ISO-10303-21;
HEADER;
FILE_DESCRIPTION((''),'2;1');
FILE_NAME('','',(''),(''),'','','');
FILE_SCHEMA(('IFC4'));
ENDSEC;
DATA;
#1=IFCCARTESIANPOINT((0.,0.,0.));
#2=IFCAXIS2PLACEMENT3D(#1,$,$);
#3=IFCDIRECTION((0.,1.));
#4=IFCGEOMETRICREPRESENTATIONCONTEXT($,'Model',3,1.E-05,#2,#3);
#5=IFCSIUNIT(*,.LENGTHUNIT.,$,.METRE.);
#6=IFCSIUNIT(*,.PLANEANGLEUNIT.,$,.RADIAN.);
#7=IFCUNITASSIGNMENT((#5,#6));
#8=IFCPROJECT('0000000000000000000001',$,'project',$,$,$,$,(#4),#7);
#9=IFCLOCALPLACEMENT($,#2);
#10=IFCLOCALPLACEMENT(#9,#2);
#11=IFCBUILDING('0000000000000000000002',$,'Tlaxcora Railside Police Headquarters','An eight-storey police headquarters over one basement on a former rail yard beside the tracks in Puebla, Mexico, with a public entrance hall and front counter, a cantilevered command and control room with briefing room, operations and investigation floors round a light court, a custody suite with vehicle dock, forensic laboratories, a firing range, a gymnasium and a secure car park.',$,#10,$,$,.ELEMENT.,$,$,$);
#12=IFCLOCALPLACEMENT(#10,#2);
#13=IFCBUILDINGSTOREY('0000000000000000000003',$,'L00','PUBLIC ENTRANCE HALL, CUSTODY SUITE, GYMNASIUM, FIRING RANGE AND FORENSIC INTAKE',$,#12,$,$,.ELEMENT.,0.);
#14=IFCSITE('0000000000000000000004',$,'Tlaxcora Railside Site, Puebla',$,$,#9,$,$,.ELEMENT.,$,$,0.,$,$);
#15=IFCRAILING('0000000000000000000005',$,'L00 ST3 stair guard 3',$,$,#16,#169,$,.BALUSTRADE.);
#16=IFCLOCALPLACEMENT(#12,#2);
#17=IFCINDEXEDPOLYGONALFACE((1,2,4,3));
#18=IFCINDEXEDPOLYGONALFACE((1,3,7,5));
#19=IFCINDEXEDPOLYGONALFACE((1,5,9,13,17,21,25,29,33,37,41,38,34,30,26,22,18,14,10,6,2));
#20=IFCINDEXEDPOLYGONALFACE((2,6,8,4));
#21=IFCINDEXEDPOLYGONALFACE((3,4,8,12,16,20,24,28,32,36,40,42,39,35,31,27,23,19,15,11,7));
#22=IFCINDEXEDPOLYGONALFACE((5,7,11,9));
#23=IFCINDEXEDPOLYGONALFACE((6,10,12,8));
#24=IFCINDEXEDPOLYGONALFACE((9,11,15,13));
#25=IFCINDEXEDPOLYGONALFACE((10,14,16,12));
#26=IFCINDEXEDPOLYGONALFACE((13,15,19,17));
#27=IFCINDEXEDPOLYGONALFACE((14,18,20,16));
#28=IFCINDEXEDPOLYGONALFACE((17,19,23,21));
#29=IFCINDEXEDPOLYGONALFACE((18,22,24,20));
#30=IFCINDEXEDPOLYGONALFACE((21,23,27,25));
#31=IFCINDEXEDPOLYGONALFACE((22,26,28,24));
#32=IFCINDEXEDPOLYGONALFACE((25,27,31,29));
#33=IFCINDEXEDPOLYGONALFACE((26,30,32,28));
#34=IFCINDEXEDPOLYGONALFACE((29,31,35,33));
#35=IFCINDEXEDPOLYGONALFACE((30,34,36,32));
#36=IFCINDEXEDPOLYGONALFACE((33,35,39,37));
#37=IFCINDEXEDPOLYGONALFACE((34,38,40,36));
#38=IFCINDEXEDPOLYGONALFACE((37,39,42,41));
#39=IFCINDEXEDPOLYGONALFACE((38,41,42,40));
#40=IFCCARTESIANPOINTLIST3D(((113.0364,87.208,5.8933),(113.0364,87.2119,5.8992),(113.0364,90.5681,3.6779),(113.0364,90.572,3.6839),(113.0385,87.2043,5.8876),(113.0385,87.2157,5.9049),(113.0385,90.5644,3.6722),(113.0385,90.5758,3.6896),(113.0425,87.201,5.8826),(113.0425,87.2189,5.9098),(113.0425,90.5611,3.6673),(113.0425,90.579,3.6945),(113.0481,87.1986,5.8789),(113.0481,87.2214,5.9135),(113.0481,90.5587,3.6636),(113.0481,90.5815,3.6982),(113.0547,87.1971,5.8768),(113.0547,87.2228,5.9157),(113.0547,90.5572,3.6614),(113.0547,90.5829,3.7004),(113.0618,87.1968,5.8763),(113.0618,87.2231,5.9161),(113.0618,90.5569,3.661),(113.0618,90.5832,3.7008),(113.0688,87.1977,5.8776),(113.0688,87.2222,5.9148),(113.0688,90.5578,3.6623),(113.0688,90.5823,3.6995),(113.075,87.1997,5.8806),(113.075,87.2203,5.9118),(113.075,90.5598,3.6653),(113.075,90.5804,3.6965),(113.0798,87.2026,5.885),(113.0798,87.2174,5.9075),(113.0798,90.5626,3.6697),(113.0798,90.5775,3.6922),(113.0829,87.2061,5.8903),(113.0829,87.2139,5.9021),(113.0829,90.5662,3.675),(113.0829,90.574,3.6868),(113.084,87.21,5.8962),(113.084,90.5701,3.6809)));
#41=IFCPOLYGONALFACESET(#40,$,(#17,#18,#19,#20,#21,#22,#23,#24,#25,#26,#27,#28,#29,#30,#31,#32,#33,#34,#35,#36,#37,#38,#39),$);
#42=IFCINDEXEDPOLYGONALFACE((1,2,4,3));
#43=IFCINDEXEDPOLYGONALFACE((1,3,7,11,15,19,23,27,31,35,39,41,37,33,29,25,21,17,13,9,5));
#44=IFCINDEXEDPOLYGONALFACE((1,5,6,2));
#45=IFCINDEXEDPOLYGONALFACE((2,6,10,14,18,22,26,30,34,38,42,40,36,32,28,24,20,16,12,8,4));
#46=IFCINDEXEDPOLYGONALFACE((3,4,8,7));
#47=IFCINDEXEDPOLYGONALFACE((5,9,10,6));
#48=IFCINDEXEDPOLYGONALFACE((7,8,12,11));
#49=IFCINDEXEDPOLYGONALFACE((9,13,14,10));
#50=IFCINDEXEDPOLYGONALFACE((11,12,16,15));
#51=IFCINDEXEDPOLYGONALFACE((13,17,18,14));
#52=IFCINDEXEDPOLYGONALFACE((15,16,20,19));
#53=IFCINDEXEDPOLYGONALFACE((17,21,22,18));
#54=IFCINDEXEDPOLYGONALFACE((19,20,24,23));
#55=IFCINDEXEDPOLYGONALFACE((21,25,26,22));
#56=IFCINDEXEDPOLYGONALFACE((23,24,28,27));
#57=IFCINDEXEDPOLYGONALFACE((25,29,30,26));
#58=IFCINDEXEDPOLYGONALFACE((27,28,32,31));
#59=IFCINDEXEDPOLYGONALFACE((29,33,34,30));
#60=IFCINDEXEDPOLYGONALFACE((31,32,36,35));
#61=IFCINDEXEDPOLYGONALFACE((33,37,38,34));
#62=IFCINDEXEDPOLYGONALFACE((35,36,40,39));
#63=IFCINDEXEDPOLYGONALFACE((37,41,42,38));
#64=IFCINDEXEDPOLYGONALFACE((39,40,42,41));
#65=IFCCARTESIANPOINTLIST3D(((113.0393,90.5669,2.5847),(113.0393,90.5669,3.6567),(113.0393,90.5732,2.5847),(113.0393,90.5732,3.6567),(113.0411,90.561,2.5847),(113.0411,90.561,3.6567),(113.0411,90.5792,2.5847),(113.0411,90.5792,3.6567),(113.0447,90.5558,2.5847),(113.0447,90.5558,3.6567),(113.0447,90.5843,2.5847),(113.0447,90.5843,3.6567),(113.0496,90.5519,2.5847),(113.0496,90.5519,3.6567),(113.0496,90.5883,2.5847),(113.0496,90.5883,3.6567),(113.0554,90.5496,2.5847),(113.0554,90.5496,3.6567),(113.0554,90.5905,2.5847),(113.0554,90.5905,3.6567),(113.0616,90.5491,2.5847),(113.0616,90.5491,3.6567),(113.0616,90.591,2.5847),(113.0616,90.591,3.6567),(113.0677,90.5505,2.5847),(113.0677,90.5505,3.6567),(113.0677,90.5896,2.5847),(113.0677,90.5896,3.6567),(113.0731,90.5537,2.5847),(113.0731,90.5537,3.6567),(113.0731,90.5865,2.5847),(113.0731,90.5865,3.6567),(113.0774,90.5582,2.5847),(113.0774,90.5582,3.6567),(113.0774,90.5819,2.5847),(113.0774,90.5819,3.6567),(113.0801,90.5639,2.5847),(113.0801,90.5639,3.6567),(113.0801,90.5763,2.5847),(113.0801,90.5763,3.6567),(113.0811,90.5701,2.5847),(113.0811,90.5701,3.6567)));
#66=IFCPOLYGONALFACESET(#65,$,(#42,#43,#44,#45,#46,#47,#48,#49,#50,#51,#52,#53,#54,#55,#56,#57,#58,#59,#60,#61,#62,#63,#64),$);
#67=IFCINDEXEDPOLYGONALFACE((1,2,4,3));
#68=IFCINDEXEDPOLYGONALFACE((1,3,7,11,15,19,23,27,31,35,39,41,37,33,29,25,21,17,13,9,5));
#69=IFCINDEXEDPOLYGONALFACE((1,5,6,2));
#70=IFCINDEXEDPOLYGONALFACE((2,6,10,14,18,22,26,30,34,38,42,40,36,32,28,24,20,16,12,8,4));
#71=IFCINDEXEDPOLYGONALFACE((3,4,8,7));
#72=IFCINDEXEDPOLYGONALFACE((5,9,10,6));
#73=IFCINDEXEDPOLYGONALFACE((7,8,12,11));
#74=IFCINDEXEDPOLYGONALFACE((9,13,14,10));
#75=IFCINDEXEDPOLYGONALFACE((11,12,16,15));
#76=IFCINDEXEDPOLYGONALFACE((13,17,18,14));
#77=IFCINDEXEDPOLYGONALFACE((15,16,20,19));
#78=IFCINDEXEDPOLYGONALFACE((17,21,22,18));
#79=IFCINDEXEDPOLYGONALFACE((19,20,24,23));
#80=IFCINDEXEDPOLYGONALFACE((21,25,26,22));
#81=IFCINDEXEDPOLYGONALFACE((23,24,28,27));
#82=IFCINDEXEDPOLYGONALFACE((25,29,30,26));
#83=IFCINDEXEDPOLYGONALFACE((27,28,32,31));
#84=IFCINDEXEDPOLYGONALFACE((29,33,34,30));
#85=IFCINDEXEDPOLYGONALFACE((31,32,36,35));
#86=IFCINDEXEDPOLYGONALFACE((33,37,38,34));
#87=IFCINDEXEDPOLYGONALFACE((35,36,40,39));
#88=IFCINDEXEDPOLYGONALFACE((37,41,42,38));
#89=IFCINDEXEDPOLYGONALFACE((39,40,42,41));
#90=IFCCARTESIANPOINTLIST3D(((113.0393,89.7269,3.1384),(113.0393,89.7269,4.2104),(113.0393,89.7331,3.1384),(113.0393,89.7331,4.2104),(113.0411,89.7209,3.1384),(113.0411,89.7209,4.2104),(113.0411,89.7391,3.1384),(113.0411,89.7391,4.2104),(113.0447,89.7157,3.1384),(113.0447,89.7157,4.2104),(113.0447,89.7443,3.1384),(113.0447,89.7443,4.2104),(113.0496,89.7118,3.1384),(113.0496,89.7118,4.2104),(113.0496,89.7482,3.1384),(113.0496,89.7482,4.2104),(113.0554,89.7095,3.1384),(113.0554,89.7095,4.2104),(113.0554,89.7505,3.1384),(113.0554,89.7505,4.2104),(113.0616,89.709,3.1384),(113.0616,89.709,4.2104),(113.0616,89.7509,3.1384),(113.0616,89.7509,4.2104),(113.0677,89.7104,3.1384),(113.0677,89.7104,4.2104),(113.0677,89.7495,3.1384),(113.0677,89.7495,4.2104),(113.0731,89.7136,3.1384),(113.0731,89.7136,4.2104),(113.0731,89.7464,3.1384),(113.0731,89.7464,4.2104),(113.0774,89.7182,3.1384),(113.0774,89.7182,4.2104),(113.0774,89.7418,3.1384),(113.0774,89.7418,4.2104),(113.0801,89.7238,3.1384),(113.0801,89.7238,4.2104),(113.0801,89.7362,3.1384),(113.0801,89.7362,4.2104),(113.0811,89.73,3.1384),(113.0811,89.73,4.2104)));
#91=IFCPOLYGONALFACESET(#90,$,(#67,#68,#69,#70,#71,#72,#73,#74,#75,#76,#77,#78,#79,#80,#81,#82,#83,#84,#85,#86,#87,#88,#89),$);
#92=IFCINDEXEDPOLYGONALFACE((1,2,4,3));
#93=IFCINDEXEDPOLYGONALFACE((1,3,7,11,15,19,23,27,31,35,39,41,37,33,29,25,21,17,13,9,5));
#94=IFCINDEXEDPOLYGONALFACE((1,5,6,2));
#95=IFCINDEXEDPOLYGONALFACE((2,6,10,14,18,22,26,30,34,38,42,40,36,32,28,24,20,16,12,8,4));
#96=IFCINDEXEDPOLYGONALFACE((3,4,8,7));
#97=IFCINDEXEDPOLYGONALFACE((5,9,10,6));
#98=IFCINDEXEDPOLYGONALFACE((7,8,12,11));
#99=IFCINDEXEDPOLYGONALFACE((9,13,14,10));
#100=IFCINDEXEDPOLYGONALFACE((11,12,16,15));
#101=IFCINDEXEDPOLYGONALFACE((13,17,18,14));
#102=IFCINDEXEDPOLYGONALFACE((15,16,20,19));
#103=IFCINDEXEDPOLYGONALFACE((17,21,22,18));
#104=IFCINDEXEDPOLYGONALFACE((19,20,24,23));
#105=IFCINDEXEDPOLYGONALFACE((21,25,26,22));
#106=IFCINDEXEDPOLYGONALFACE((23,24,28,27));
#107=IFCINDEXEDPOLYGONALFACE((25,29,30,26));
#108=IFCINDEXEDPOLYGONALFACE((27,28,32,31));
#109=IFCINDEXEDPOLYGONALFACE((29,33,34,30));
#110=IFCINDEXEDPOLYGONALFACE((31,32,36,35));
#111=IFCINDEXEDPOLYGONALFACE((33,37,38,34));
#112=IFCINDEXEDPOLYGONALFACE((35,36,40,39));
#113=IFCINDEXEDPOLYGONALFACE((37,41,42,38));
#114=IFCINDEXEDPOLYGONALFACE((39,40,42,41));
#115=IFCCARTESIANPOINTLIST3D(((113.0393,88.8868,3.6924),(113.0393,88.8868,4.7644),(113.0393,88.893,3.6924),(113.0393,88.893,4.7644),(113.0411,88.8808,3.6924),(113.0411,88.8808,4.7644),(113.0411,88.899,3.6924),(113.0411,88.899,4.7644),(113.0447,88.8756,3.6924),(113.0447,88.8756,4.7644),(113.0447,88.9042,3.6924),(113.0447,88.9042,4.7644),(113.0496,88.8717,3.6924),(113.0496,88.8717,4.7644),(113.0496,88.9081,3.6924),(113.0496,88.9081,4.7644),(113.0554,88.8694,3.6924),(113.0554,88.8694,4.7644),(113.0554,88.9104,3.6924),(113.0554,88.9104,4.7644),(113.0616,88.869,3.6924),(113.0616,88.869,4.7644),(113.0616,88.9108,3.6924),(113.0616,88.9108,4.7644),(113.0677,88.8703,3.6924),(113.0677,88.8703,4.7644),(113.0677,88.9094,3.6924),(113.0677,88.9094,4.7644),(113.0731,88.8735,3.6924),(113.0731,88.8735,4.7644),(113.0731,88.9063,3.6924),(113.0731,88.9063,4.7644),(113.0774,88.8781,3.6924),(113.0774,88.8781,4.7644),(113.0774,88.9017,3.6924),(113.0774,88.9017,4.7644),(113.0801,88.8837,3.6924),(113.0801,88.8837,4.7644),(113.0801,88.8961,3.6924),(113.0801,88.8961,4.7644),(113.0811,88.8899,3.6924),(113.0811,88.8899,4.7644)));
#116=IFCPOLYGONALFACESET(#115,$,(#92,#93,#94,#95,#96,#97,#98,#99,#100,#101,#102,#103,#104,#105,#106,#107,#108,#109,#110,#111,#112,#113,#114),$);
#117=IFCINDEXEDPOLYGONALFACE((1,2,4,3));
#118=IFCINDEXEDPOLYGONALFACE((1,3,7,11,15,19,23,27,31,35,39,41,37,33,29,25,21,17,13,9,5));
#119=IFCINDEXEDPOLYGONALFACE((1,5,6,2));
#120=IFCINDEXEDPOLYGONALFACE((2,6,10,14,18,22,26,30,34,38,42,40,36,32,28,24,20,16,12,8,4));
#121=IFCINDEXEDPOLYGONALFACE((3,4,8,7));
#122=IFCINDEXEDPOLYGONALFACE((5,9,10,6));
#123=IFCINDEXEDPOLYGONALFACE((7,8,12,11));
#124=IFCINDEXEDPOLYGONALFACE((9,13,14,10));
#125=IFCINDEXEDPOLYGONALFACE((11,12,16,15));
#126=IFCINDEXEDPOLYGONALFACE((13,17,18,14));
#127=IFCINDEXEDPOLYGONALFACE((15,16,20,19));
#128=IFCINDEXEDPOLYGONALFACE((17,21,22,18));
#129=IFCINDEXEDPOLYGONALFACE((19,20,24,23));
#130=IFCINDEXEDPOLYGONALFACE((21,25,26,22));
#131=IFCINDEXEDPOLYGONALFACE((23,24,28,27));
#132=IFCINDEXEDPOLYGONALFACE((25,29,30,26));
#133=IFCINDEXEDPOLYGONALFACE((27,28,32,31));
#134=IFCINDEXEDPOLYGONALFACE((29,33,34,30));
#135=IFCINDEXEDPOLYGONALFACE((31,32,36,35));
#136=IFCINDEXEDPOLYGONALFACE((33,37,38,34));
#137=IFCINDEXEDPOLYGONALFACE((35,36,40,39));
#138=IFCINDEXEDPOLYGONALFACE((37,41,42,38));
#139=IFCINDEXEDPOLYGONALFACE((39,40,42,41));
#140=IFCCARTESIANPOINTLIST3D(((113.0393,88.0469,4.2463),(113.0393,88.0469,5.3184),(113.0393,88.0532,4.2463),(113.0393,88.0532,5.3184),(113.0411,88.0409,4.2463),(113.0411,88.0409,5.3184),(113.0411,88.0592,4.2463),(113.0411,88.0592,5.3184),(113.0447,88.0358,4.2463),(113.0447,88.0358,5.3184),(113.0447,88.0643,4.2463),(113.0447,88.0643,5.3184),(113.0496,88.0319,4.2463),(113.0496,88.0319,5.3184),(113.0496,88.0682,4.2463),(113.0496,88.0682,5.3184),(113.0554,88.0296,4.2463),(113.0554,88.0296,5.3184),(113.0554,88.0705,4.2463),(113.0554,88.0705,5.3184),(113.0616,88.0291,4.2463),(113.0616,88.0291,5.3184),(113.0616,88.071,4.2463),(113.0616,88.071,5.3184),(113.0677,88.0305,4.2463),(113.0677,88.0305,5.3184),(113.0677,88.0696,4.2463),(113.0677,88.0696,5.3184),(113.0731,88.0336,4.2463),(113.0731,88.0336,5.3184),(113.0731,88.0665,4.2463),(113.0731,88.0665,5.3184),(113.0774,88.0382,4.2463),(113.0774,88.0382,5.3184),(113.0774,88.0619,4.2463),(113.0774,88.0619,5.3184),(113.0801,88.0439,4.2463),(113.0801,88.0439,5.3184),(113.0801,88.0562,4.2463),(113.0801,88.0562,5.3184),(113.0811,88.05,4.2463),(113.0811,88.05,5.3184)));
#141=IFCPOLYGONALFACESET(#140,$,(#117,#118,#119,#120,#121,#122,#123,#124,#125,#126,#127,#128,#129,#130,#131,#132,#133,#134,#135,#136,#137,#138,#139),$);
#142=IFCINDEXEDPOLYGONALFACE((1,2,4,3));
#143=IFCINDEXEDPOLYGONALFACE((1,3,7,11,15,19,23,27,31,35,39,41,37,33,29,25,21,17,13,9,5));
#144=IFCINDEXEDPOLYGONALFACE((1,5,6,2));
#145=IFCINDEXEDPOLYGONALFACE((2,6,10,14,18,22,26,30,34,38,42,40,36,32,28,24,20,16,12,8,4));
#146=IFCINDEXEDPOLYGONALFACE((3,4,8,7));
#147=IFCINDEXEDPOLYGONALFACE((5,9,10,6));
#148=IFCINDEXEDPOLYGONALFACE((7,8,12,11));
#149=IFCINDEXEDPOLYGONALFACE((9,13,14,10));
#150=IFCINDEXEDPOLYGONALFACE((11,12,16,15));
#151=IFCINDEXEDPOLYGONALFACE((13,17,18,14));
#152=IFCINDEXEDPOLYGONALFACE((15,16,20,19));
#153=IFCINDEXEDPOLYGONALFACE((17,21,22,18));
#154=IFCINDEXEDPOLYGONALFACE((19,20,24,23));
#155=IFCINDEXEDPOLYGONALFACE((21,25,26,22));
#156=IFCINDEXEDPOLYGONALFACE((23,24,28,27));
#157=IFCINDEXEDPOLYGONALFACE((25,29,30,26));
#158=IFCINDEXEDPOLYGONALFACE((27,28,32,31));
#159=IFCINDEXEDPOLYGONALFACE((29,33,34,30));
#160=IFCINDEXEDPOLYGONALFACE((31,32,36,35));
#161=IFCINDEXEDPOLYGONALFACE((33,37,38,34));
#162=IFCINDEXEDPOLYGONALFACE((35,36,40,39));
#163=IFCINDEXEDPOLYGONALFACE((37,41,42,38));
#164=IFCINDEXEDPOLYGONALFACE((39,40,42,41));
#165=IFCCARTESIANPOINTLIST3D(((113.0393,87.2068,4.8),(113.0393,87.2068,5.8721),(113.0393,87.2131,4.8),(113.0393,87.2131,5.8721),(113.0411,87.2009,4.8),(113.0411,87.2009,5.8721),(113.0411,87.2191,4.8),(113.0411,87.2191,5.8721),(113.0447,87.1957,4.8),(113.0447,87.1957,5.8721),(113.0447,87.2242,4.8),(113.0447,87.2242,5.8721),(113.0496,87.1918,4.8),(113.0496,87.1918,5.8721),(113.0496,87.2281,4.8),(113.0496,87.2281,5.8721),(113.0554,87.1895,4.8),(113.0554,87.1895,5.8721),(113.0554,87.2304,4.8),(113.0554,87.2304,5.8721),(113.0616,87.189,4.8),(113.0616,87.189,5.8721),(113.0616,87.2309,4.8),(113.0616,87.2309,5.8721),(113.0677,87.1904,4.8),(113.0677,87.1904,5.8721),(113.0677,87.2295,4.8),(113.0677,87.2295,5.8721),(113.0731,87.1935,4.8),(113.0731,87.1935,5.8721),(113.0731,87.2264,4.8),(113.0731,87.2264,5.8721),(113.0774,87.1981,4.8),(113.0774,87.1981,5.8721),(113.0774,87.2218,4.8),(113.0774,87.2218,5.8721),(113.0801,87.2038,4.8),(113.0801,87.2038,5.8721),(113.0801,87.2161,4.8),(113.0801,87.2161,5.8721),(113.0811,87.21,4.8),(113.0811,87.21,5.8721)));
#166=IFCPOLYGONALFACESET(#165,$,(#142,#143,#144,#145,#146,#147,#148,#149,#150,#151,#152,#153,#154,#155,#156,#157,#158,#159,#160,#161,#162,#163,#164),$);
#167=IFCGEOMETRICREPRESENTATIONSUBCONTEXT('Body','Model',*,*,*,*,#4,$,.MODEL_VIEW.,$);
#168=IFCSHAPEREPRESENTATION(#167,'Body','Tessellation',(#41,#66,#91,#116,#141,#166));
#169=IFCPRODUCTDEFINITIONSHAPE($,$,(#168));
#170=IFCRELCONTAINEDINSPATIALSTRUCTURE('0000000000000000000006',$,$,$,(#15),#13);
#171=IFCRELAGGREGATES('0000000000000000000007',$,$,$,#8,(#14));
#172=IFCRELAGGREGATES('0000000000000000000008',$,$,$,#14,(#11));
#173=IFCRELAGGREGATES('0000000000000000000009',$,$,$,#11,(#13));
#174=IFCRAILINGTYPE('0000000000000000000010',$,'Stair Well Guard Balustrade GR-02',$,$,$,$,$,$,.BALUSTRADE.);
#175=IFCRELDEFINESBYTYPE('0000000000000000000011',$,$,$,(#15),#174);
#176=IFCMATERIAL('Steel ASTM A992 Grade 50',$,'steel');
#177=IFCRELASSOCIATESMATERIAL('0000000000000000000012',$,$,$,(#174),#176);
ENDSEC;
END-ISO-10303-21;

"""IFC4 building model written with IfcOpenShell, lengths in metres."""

from ifc_helpers import new_model, si_unit, direction, frame, origin, origin_2d, place, context, subcontext, project, spatial, circle, extrude, material, type_object, element, save


model = new_model("IFC4")

# Units and contexts
model_context = context("Model", 3, precision=1e-05, world=origin(), true_north=direction((0.0, 1.0)))
body_context = subcontext(model_context, "Body", "Model", "MODEL_VIEW")
ifc_project = project(units=[si_unit("LENGTHUNIT", "METRE"), si_unit("PLANEANGLEUNIT", "RADIAN")], contexts=[model_context])

# Site, building, storey
site_placement = place(None, origin())
site = spatial("IfcSite", under=ifc_project, at=site_placement, Name="Tlaxcora Railside Site, Puebla", CompositionType="ELEMENT", RefElevation=0.0)
building_placement = place(site_placement, origin())
building = spatial("IfcBuilding", under=site, at=building_placement, Name="Tlaxcora Railside Police Headquarters", Description="An eight-storey police headquarters over one basement on a former rail yard beside the tracks in Puebla, Mexico, with a public entrance hall and front counter, a cantilevered command and control room with briefing room, operations and investigation floors round a light court, a custody suite with vehicle dock, forensic laboratories, a firing range, a gymnasium and a secure car park.", CompositionType="ELEMENT")
storey_placement = place(building_placement, origin())
storey = spatial("IfcBuildingStorey", under=building, at=storey_placement, Name="L00", Description="PUBLIC ENTRANCE HALL, CUSTODY SUITE, GYMNASIUM, FIRING RANGE AND FORENSIC INTAKE", CompositionType="ELEMENT", Elevation=0.0)

# Shared definitions
ifc_material_1 = material(Name="Steel ASTM A992 Grade 50", Category="steel")

# Railing
railing_type_1 = type_object("IfcRailingType", Name="Stair Well Guard Balustrade GR-02", PredefinedType="BALUSTRADE", material=ifc_material_1)
railing_1_placement = place(storey_placement, frame((113.0601, 90.5701, 2.5847)))
element("IfcRailing", 1, at=railing_1_placement, inside=storey, type_object=railing_type_1, Name="L00 ST3 stair guard 3", PredefinedType="BALUSTRADE", context=body_context, shape_type="SweptSolid", body=[
    extrude(circle(Radius=0.0239, at=origin_2d()), frame((0.0, 0.0, 1.0962), z_axis=(0.0, -0.834876, 0.550437), x_axis=(1.0, 0.0, 0.0)), (0.0, 0.0, 1.0), 4.0247),
    extrude(circle(Radius=0.021, at=origin_2d()), origin(), (0.0, 0.0, 1.0), 1.072),
    extrude(circle(Radius=0.021, at=origin_2d()), frame((0.0, -0.8401, 0.5537)), (0.0, 0.0, 1.0), 1.072),
    extrude(circle(Radius=0.021, at=origin_2d()), frame((0.0, -1.6802, 1.1077)), (0.0, 0.0, 1.0), 1.072),
    extrude(circle(Radius=0.021, at=origin_2d()), frame((0.0, -2.52, 1.6616)), (0.0, 0.0, 1.0), 1.072),
    extrude(circle(Radius=0.021, at=origin_2d()), frame((0.0, -3.3601, 2.2153)), (0.0, 0.0, 1.0), 1.072),
])

save(model, "model.ifc")
